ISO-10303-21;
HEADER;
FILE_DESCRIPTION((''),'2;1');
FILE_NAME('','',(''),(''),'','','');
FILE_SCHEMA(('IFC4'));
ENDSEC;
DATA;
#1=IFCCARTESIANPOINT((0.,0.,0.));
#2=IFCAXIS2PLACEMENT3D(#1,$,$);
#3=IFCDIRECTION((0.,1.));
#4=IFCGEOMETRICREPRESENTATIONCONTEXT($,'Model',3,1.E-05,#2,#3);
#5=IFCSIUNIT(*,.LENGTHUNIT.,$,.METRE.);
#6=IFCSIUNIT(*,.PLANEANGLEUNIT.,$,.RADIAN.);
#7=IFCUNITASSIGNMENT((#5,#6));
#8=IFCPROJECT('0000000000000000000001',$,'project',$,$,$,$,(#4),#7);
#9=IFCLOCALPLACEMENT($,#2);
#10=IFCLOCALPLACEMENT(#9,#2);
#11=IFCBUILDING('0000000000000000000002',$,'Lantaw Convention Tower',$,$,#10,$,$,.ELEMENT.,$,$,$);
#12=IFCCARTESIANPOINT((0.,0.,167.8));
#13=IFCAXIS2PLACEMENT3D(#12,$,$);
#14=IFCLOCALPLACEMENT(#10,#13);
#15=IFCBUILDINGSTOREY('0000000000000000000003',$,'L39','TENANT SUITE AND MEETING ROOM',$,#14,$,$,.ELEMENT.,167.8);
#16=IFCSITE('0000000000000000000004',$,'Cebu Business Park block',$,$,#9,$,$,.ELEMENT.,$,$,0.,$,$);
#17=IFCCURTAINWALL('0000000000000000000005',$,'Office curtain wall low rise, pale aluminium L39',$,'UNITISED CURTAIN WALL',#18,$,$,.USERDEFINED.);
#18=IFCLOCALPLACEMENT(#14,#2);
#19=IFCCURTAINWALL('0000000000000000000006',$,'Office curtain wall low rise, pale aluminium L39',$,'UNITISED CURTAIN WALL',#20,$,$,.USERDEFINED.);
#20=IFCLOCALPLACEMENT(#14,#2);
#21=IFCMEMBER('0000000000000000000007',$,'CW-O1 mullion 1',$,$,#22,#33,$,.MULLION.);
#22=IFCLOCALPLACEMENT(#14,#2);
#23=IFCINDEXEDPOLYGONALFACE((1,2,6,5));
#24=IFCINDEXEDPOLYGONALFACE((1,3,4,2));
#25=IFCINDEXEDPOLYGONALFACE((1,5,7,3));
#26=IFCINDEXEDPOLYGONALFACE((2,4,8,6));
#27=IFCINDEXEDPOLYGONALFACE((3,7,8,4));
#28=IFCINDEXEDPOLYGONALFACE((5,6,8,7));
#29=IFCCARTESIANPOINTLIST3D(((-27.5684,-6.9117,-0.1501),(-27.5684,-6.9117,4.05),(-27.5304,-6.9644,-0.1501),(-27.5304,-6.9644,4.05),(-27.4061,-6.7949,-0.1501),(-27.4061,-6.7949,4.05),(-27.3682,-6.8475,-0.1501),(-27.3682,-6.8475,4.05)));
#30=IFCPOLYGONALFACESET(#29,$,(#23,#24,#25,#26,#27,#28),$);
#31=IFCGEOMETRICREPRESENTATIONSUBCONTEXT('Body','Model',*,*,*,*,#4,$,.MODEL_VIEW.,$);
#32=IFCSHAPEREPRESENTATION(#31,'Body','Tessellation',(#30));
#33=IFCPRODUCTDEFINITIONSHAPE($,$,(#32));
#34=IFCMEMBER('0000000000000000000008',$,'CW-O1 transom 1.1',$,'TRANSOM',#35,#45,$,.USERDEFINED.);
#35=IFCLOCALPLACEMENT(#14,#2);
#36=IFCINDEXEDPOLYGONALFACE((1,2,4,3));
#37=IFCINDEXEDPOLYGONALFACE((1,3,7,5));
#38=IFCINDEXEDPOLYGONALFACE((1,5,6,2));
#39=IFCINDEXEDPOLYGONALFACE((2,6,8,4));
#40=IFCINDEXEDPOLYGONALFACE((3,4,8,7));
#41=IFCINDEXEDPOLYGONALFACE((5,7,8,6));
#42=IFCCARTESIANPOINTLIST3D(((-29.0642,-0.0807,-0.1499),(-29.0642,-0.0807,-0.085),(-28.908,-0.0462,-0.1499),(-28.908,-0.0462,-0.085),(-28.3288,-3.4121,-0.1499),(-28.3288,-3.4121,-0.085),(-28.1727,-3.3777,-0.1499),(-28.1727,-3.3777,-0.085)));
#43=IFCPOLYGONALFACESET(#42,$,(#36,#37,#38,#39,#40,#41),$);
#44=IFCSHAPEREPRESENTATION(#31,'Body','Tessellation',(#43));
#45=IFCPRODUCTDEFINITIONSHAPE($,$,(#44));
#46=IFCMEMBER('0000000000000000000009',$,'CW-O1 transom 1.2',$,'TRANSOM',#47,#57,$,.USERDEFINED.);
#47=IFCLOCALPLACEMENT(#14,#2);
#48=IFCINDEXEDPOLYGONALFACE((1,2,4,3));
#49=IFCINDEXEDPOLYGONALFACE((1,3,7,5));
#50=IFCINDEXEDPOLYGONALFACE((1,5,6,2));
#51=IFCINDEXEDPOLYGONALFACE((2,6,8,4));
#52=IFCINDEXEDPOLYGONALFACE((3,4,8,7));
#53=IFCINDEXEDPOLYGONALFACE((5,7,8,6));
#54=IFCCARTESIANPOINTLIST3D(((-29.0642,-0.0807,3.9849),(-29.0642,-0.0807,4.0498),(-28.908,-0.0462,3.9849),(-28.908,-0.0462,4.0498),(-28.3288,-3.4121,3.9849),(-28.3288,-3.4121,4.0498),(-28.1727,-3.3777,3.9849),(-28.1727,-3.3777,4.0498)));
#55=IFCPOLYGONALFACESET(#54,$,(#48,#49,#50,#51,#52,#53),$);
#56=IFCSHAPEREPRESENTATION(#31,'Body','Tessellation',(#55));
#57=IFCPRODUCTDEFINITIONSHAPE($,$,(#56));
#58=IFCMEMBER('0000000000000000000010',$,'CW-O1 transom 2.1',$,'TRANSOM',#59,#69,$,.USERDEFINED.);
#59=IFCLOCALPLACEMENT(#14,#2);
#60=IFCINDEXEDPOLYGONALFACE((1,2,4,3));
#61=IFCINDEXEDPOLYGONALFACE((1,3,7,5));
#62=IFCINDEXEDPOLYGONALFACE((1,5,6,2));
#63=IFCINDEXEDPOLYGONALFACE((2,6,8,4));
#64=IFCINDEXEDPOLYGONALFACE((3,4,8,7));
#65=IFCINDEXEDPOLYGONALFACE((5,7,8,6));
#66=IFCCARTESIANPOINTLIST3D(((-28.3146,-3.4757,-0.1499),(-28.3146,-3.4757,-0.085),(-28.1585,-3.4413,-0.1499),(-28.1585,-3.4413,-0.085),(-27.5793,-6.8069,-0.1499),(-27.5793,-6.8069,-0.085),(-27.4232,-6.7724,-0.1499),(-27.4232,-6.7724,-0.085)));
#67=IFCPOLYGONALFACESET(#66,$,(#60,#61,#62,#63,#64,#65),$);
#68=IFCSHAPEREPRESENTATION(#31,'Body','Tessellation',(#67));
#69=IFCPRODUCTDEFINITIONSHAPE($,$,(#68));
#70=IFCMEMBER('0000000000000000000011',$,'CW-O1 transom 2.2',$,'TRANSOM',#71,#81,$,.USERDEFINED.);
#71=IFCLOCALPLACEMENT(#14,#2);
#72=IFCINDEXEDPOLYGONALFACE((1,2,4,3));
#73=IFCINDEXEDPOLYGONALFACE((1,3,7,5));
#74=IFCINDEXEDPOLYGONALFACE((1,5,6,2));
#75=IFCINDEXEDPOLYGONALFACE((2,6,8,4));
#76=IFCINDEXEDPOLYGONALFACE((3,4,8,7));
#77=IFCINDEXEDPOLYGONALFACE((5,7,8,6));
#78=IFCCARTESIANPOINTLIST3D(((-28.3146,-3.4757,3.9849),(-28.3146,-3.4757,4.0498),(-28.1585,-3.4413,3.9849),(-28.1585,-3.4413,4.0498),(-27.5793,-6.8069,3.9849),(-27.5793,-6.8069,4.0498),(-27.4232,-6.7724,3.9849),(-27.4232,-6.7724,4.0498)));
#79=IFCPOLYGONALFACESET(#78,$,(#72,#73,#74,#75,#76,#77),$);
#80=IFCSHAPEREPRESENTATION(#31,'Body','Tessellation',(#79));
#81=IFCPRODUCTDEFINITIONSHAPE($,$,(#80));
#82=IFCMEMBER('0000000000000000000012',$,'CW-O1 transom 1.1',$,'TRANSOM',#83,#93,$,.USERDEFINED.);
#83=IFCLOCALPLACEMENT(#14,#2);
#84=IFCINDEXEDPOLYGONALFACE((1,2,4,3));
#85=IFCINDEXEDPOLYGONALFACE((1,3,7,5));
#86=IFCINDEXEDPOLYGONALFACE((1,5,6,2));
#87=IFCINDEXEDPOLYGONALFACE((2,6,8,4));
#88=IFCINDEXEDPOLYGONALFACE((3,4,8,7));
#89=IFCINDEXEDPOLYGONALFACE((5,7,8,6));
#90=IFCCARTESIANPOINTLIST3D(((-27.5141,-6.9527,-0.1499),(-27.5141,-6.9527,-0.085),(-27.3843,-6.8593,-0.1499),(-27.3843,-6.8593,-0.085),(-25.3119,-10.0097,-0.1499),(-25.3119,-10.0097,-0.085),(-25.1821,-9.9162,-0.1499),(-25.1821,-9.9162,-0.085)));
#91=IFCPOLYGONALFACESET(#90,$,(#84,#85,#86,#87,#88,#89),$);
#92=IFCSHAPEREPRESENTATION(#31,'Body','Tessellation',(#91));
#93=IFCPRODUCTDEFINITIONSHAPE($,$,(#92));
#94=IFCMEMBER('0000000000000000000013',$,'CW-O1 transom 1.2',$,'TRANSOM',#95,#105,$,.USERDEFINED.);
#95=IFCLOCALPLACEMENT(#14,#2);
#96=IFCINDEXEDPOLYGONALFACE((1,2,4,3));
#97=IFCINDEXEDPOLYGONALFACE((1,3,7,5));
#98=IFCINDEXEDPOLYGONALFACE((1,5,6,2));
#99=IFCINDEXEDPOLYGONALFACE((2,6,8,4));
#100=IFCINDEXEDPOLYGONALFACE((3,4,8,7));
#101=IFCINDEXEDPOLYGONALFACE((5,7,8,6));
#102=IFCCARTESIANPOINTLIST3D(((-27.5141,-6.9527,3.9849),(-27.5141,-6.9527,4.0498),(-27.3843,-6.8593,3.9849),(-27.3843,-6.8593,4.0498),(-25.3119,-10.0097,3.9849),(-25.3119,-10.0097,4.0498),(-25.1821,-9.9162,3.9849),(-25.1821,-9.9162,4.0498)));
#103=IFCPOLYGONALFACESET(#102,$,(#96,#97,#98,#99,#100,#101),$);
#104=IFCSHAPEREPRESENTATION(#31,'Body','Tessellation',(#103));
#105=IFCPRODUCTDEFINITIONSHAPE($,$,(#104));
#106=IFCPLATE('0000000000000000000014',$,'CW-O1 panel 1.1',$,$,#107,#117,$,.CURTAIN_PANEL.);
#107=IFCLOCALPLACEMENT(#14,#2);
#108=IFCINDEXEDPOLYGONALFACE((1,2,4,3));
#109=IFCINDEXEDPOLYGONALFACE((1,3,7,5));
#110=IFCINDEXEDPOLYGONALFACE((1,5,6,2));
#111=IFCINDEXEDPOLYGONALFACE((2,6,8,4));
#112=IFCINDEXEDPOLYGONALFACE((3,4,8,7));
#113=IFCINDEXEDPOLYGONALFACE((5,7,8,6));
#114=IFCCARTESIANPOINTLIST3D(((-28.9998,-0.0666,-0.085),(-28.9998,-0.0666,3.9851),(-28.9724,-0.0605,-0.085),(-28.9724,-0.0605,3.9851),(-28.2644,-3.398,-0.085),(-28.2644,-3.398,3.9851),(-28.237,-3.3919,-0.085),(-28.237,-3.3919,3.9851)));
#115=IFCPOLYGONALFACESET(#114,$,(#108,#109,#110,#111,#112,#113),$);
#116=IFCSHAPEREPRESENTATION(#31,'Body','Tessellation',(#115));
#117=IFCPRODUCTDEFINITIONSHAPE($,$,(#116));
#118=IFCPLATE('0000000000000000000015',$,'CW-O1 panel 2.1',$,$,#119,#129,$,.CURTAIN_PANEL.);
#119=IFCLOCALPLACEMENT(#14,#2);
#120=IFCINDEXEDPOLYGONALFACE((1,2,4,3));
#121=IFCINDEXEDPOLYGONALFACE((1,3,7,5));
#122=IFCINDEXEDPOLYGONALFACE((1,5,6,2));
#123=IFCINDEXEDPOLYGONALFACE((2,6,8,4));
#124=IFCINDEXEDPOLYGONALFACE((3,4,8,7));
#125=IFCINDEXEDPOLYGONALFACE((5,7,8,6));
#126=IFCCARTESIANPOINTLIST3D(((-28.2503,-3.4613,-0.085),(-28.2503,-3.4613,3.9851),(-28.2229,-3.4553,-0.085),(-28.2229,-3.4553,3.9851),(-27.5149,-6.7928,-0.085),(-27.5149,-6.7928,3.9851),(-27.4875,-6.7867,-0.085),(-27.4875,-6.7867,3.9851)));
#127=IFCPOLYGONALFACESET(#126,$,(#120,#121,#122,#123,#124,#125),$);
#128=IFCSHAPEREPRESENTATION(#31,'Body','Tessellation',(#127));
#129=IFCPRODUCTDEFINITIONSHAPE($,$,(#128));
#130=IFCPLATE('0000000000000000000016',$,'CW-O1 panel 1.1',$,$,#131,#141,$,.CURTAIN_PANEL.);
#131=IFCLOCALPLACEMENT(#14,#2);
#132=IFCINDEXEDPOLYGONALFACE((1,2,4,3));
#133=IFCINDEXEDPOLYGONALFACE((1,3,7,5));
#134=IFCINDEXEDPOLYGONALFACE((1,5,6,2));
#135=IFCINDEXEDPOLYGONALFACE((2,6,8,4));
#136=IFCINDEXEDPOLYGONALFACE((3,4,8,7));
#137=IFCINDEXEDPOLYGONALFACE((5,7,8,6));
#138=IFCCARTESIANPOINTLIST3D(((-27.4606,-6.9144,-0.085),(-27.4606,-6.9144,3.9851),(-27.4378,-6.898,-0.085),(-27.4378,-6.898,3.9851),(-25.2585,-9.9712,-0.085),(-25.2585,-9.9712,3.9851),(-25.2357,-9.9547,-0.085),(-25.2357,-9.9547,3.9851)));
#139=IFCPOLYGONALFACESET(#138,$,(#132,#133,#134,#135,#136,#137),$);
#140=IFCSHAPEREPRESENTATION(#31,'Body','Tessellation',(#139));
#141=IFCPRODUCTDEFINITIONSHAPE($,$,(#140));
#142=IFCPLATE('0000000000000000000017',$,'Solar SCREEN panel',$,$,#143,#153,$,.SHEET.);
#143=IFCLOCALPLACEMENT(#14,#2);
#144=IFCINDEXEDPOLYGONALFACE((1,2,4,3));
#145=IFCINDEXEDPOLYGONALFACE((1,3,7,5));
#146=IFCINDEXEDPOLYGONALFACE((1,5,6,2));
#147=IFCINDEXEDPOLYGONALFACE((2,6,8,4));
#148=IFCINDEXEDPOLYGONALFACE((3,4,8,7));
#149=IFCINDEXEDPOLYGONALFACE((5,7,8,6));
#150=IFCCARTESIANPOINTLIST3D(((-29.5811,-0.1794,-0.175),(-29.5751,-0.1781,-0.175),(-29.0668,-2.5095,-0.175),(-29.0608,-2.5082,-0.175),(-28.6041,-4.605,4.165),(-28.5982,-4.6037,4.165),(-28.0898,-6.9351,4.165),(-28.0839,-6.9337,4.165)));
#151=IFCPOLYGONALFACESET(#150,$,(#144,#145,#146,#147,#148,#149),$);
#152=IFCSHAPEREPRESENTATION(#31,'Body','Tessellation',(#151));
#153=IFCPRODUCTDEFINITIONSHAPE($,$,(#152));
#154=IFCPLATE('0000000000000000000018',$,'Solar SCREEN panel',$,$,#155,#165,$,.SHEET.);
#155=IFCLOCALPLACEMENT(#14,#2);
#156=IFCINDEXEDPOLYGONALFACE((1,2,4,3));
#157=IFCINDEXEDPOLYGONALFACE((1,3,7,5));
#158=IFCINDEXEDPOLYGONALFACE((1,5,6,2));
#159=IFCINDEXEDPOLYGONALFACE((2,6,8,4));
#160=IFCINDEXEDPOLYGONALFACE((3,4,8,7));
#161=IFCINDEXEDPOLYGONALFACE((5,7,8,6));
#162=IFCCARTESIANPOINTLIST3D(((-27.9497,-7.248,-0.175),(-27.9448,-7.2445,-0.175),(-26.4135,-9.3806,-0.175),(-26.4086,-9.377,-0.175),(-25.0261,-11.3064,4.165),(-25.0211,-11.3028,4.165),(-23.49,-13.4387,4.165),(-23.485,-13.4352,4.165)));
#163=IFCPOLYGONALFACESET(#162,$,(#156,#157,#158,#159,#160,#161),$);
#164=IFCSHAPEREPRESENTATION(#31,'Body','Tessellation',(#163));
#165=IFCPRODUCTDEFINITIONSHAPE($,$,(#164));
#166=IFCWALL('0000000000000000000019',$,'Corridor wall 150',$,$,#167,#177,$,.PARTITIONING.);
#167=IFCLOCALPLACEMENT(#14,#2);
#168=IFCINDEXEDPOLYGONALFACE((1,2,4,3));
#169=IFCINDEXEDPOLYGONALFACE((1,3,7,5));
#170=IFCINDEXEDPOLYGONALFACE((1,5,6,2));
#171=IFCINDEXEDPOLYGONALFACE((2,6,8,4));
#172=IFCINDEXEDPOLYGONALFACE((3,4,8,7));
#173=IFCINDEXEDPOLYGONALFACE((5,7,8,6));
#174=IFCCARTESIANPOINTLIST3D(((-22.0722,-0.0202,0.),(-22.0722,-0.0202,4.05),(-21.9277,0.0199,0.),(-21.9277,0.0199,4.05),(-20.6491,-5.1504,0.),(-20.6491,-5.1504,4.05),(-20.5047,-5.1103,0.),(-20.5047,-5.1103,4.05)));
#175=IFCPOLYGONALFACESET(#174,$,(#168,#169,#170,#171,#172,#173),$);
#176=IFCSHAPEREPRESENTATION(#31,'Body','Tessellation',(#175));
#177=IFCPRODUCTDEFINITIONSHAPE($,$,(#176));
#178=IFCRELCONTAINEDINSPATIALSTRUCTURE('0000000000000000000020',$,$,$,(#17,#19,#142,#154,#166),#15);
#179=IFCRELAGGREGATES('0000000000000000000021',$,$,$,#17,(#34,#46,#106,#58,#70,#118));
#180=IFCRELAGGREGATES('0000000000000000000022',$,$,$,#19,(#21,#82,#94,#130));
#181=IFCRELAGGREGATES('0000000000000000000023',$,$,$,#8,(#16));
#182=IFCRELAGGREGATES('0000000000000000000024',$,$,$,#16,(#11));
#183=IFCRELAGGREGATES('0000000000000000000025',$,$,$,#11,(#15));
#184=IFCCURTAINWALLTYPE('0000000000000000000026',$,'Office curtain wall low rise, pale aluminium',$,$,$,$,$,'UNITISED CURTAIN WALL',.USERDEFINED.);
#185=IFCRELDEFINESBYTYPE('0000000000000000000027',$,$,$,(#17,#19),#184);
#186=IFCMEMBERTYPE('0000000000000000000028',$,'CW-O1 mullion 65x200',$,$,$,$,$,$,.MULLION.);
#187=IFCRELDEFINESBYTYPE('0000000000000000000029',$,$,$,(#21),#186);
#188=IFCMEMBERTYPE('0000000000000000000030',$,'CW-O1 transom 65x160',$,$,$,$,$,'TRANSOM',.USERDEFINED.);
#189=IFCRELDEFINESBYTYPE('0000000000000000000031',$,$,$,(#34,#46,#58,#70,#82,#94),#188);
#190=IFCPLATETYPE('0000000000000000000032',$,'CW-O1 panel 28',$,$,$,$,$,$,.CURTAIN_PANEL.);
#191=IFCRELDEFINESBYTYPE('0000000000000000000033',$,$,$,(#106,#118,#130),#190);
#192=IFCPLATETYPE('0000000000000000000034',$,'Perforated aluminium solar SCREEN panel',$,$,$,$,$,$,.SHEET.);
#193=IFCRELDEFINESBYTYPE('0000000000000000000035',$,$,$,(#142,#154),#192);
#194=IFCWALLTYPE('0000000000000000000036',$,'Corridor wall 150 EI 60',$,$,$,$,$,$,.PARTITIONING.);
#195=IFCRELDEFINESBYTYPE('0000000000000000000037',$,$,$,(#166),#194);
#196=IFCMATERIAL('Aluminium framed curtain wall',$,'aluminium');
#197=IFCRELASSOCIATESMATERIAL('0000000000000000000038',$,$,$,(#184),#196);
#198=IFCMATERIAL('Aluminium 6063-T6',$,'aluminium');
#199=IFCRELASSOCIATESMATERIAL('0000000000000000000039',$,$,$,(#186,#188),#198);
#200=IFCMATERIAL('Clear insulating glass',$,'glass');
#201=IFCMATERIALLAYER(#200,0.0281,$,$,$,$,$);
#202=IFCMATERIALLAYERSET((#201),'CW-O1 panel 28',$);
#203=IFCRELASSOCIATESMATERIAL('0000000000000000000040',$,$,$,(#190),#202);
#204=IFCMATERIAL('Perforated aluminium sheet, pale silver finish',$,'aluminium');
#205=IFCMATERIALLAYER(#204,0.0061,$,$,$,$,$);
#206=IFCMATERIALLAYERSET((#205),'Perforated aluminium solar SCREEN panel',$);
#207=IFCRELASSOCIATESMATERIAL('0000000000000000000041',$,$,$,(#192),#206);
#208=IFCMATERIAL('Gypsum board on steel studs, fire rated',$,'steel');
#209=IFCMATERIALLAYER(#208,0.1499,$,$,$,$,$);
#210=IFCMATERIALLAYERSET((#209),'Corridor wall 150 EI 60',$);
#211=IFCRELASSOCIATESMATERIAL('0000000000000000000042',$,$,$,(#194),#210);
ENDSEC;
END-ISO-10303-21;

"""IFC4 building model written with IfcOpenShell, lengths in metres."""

from ifc_helpers import new_model, si_unit, direction, frame, frame_2d, origin, origin_2d, place, context, subcontext, project, spatial, polyline, rectangle, outline, extrude, material, layer, layer_set, material_profile, profile_set, type_object, element, aggregate, save


model = new_model("IFC4")

# Units and contexts
model_context = context("Model", 3, precision=1e-05, world=origin(), true_north=direction((0.0, 1.0)))
body_context = subcontext(model_context, "Body", "Model", "MODEL_VIEW")
ifc_project = project(units=[si_unit("LENGTHUNIT", "METRE"), si_unit("PLANEANGLEUNIT", "RADIAN")], contexts=[model_context])

# Site, building, storey
site_placement = place(None, origin())
site = spatial("IfcSite", under=ifc_project, at=site_placement, Name="Cebu Business Park block", CompositionType="ELEMENT", RefElevation=0.0)
building_placement = place(site_placement, origin())
building = spatial("IfcBuilding", under=site, at=building_placement, Name="Lantaw Convention Tower", CompositionType="ELEMENT")
storey_placement = place(building_placement, frame((0.0, 0.0, 167.8)))
storey = spatial("IfcBuildingStorey", under=building, at=storey_placement, Name="L39", Description="TENANT SUITE AND MEETING ROOM", CompositionType="ELEMENT", Elevation=167.8)

# Curtain wall
ifc_material_1 = material(Name="Aluminium framed curtain wall", Category="aluminium")
curtain_wall_type = type_object("IfcCurtainWallType", Name="Office curtain wall low rise, pale aluminium", ElementType="UNITISED CURTAIN WALL", PredefinedType="USERDEFINED", material=ifc_material_1)
curtain_wall_1_placement = place(storey_placement, origin())
curtain_wall_1 = element("IfcCurtainWall", 1, at=curtain_wall_1_placement, inside=storey, type_object=curtain_wall_type, Name="Office curtain wall low rise, pale aluminium L39", ObjectType="UNITISED CURTAIN WALL", PredefinedType="USERDEFINED")
ifc_material_2 = material(Name="Aluminium 6063-T6", Category="aluminium")
ifc_material_profile_1 = material_profile(ifc_material_2, rectangle(XDim=0.2, YDim=0.0649, at=origin_2d()), Name="CW-O1 mullion 65x200")
ifc_profile_set_1 = profile_set([ifc_material_profile_1], Name="Aluminium 6063-T6")
member_type_1 = type_object("IfcMemberType", Name="CW-O1 mullion 65x200", PredefinedType="MULLION", material=ifc_profile_set_1)

# Curtain wall, member
curtain_wall_2_placement = place(storey_placement, origin())
curtain_wall_2 = element("IfcCurtainWall", 2, at=curtain_wall_2_placement, inside=storey, type_object=curtain_wall_type, Name="Office curtain wall low rise, pale aluminium L39", ObjectType="UNITISED CURTAIN WALL", PredefinedType="USERDEFINED")
member_1_placement = place(storey_placement, frame((-27.4683, -6.8796, -0.1501), z_axis=(0.0, 0.0, 1.0), x_axis=(0.811385, 0.584513, 0.0)))
member_1 = element("IfcMember", 3, at=member_1_placement, type_object=member_type_1, Name="CW-O1 mullion 1", PredefinedType="MULLION", context=body_context, shape_type="SweptSolid", body=[
    extrude(rectangle(XDim=0.2, YDim=0.0649, at=origin_2d()), origin(), (0.0, 0.0, 1.0), 4.2002),
])

# Members
ifc_material_profile_2 = material_profile(ifc_material_2, rectangle(XDim=0.1599, YDim=0.0649, at=origin_2d()), Name="CW-O1 transom 65x160")
ifc_profile_set_2 = profile_set([ifc_material_profile_2], Name="Aluminium 6063-T6")
member_type_2 = type_object("IfcMemberType", Name="CW-O1 transom 65x160", ElementType="TRANSOM", PredefinedType="USERDEFINED", material=ifc_profile_set_2)
member_2_placement = place(storey_placement, frame((-28.9861, -0.0635, -0.1174), z_axis=(0.215536, -0.976496, 0.0), x_axis=(0.976496, 0.215536, 0.0)))
member_2 = element("IfcMember", 4, at=member_2_placement, type_object=member_type_2, Name="CW-O1 transom 1.1", ObjectType="TRANSOM", PredefinedType="USERDEFINED", context=body_context, shape_type="SweptSolid", body=[
    extrude(rectangle(XDim=0.1599, YDim=0.0649, at=origin_2d()), origin(), (0.0, 0.0, 1.0), 3.4116),
])
member_3_placement = place(storey_placement, frame((-28.9861, -0.0635, 4.0173), z_axis=(0.215536, -0.976496, 0.0), x_axis=(0.976496, 0.215536, 0.0)))
member_3 = element("IfcMember", 5, at=member_3_placement, type_object=member_type_2, Name="CW-O1 transom 1.2", ObjectType="TRANSOM", PredefinedType="USERDEFINED", context=body_context, shape_type="SweptSolid", body=[
    extrude(rectangle(XDim=0.1599, YDim=0.0649, at=origin_2d()), origin(), (0.0, 0.0, 1.0), 3.4116),
])
member_4_placement = place(storey_placement, frame((-28.2366, -3.4585, -0.1174), z_axis=(0.215551, -0.976493, 0.0), x_axis=(0.976493, 0.215551, 0.0)))
member_4 = element("IfcMember", 6, at=member_4_placement, type_object=member_type_2, Name="CW-O1 transom 2.1", ObjectType="TRANSOM", PredefinedType="USERDEFINED", context=body_context, shape_type="SweptSolid", body=[
    extrude(rectangle(XDim=0.1599, YDim=0.0649, at=origin_2d()), origin(), (0.0, 0.0, 1.0), 3.4114),
])
member_5_placement = place(storey_placement, frame((-28.2366, -3.4585, 4.0173), z_axis=(0.215551, -0.976493, 0.0), x_axis=(0.976493, 0.215551, 0.0)))
member_5 = element("IfcMember", 7, at=member_5_placement, type_object=member_type_2, Name="CW-O1 transom 2.2", ObjectType="TRANSOM", PredefinedType="USERDEFINED", context=body_context, shape_type="SweptSolid", body=[
    extrude(rectangle(XDim=0.1599, YDim=0.0649, at=origin_2d()), origin(), (0.0, 0.0, 1.0), 3.4114),
])
member_6_placement = place(storey_placement, frame((-27.4492, -6.906, -0.1174), z_axis=(0.584513, -0.811384, 0.0), x_axis=(0.811384, 0.584513, 0.0)))
member_6 = element("IfcMember", 8, at=member_6_placement, type_object=member_type_2, Name="CW-O1 transom 1.1", ObjectType="TRANSOM", PredefinedType="USERDEFINED", context=body_context, shape_type="SweptSolid", body=[
    extrude(rectangle(XDim=0.1599, YDim=0.0649, at=origin_2d()), origin(), (0.0, 0.0, 1.0), 3.7676),
])
member_7_placement = place(storey_placement, frame((-27.4492, -6.906, 4.0173), z_axis=(0.584513, -0.811384, 0.0), x_axis=(0.811384, 0.584513, 0.0)))
member_7 = element("IfcMember", 9, at=member_7_placement, type_object=member_type_2, Name="CW-O1 transom 1.2", ObjectType="TRANSOM", PredefinedType="USERDEFINED", context=body_context, shape_type="SweptSolid", body=[
    extrude(rectangle(XDim=0.1599, YDim=0.0649, at=origin_2d()), origin(), (0.0, 0.0, 1.0), 3.7676),
])

# Plates
ifc_material_3 = material(Name="Clear insulating glass", Category="glass")
ifc_layer_1 = layer(ifc_material_3, 0.0281)
ifc_layer_set_1 = layer_set([ifc_layer_1], Name="CW-O1 panel 28")
plate_type_1 = type_object("IfcPlateType", Name="CW-O1 panel 28", PredefinedType="CURTAIN_PANEL", material=ifc_layer_set_1)
plate_1_placement = place(storey_placement, frame((-28.6184, -1.7292, -0.085), z_axis=(0.0, 0.0, 1.0), x_axis=(0.215546, -0.976494, 0.0)))
plate_1 = element("IfcPlate", 10, at=plate_1_placement, type_object=plate_type_1, Name="CW-O1 panel 1.1", PredefinedType="CURTAIN_PANEL", context=body_context, shape_type="SweptSolid", body=[
    extrude(rectangle(XDim=3.4116, YDim=0.0281, at=origin_2d()), origin(), (0.0, 0.0, 1.0), 4.0701),
])
plate_2_placement = place(storey_placement, frame((-27.8689, -5.124, -0.085), z_axis=(0.0, 0.0, 1.0), x_axis=(0.215546, -0.976494, 0.0)))
plate_2 = element("IfcPlate", 11, at=plate_2_placement, type_object=plate_type_1, Name="CW-O1 panel 2.1", PredefinedType="CURTAIN_PANEL", context=body_context, shape_type="SweptSolid", body=[
    extrude(rectangle(XDim=3.4116, YDim=0.0281, at=origin_2d()), origin(), (0.0, 0.0, 1.0), 4.0701),
])
aggregate(curtain_wall_1, [member_2, member_3, plate_1, member_4, member_5, plate_2])
plate_3_placement = place(storey_placement, frame((-26.3481, -8.4346, -0.085), z_axis=(0.0, 0.0, 1.0), x_axis=(0.584513, -0.811385, 0.0)))
plate_3 = element("IfcPlate", 12, at=plate_3_placement, type_object=plate_type_1, Name="CW-O1 panel 1.1", PredefinedType="CURTAIN_PANEL", context=body_context, shape_type="SweptSolid", body=[
    extrude(rectangle(XDim=3.7673, YDim=0.0281, at=origin_2d()), origin(), (0.0, 0.0, 1.0), 4.0701),
])
aggregate(curtain_wall_2, [member_1, member_6, member_7, plate_3])

# Plates
ifc_material_4 = material(Name="Perforated aluminium sheet, pale silver finish", Category="aluminium")
ifc_layer_2 = layer(ifc_material_4, 0.0061)
ifc_layer_set_2 = layer_set([ifc_layer_2], Name="Perforated aluminium solar SCREEN panel")
plate_type_2 = type_object("IfcPlateType", Name="Perforated aluminium solar SCREEN panel", PredefinedType="SHEET", material=ifc_layer_set_2)
plate_4_placement = place(storey_placement, frame((-29.5811, -0.1794, -0.175), z_axis=(-0.976498, -0.215527, 0.000033), x_axis=(0.215527, -0.976498, 0.0)))
element("IfcPlate", 13, at=plate_4_placement, inside=storey, type_object=plate_type_2, Name="Solar SCREEN panel", PredefinedType="SHEET", context=body_context, shape_type="SweptSolid", body=[
    extrude(outline(polyline([(0.0, 0.0), (2.3862, 0.0), (6.9182, 4.3401), (4.5321, 4.3401), (0.0, 0.0)])), origin(), (0.0, 0.0, -1.0), 0.0061),
])
plate_5_placement = place(storey_placement, frame((-27.9497, -7.248, -0.175), z_axis=(-0.811395, -0.584498, 0.000036), x_axis=(0.584498, -0.811395, 0.0)))
element("IfcPlate", 14, at=plate_5_placement, inside=storey, type_object=plate_type_2, Name="Solar SCREEN panel", PredefinedType="SHEET", context=body_context, shape_type="SweptSolid", body=[
    extrude(outline(polyline([(0.0, 0.0), (2.6282, 0.0), (7.6298, 4.3401), (5.0018, 4.3401), (0.0, 0.0)])), origin(), (0.0, 0.0, -1.0), 0.0061),
])

# Wall
ifc_material_5 = material(Name="Gypsum board on steel studs, fire rated", Category="steel")
ifc_layer_3 = layer(ifc_material_5, 0.1499)
ifc_layer_set_3 = layer_set([ifc_layer_3], Name="Corridor wall 150 EI 60")
wall_type_1 = type_object("IfcWallType", Name="Corridor wall 150 EI 60", PredefinedType="PARTITIONING", material=ifc_layer_set_3)
wall_1_placement = place(storey_placement, frame((-22.0, 0.0, 0.0), z_axis=(0.0, 0.0, 1.0), x_axis=(0.267294, -0.963615, 0.0)))
element("IfcWall", 15, at=wall_1_placement, inside=storey, type_object=wall_type_1, Name="Corridor wall 150", PredefinedType="PARTITIONING", context=body_context, shape_type="SweptSolid", body=[
    extrude(rectangle(XDim=5.324, YDim=0.1499, at=frame_2d((2.6621, 0.0))), origin(), (0.0, 0.0, 1.0), 4.05),
])

save(model, "model.ifc")
